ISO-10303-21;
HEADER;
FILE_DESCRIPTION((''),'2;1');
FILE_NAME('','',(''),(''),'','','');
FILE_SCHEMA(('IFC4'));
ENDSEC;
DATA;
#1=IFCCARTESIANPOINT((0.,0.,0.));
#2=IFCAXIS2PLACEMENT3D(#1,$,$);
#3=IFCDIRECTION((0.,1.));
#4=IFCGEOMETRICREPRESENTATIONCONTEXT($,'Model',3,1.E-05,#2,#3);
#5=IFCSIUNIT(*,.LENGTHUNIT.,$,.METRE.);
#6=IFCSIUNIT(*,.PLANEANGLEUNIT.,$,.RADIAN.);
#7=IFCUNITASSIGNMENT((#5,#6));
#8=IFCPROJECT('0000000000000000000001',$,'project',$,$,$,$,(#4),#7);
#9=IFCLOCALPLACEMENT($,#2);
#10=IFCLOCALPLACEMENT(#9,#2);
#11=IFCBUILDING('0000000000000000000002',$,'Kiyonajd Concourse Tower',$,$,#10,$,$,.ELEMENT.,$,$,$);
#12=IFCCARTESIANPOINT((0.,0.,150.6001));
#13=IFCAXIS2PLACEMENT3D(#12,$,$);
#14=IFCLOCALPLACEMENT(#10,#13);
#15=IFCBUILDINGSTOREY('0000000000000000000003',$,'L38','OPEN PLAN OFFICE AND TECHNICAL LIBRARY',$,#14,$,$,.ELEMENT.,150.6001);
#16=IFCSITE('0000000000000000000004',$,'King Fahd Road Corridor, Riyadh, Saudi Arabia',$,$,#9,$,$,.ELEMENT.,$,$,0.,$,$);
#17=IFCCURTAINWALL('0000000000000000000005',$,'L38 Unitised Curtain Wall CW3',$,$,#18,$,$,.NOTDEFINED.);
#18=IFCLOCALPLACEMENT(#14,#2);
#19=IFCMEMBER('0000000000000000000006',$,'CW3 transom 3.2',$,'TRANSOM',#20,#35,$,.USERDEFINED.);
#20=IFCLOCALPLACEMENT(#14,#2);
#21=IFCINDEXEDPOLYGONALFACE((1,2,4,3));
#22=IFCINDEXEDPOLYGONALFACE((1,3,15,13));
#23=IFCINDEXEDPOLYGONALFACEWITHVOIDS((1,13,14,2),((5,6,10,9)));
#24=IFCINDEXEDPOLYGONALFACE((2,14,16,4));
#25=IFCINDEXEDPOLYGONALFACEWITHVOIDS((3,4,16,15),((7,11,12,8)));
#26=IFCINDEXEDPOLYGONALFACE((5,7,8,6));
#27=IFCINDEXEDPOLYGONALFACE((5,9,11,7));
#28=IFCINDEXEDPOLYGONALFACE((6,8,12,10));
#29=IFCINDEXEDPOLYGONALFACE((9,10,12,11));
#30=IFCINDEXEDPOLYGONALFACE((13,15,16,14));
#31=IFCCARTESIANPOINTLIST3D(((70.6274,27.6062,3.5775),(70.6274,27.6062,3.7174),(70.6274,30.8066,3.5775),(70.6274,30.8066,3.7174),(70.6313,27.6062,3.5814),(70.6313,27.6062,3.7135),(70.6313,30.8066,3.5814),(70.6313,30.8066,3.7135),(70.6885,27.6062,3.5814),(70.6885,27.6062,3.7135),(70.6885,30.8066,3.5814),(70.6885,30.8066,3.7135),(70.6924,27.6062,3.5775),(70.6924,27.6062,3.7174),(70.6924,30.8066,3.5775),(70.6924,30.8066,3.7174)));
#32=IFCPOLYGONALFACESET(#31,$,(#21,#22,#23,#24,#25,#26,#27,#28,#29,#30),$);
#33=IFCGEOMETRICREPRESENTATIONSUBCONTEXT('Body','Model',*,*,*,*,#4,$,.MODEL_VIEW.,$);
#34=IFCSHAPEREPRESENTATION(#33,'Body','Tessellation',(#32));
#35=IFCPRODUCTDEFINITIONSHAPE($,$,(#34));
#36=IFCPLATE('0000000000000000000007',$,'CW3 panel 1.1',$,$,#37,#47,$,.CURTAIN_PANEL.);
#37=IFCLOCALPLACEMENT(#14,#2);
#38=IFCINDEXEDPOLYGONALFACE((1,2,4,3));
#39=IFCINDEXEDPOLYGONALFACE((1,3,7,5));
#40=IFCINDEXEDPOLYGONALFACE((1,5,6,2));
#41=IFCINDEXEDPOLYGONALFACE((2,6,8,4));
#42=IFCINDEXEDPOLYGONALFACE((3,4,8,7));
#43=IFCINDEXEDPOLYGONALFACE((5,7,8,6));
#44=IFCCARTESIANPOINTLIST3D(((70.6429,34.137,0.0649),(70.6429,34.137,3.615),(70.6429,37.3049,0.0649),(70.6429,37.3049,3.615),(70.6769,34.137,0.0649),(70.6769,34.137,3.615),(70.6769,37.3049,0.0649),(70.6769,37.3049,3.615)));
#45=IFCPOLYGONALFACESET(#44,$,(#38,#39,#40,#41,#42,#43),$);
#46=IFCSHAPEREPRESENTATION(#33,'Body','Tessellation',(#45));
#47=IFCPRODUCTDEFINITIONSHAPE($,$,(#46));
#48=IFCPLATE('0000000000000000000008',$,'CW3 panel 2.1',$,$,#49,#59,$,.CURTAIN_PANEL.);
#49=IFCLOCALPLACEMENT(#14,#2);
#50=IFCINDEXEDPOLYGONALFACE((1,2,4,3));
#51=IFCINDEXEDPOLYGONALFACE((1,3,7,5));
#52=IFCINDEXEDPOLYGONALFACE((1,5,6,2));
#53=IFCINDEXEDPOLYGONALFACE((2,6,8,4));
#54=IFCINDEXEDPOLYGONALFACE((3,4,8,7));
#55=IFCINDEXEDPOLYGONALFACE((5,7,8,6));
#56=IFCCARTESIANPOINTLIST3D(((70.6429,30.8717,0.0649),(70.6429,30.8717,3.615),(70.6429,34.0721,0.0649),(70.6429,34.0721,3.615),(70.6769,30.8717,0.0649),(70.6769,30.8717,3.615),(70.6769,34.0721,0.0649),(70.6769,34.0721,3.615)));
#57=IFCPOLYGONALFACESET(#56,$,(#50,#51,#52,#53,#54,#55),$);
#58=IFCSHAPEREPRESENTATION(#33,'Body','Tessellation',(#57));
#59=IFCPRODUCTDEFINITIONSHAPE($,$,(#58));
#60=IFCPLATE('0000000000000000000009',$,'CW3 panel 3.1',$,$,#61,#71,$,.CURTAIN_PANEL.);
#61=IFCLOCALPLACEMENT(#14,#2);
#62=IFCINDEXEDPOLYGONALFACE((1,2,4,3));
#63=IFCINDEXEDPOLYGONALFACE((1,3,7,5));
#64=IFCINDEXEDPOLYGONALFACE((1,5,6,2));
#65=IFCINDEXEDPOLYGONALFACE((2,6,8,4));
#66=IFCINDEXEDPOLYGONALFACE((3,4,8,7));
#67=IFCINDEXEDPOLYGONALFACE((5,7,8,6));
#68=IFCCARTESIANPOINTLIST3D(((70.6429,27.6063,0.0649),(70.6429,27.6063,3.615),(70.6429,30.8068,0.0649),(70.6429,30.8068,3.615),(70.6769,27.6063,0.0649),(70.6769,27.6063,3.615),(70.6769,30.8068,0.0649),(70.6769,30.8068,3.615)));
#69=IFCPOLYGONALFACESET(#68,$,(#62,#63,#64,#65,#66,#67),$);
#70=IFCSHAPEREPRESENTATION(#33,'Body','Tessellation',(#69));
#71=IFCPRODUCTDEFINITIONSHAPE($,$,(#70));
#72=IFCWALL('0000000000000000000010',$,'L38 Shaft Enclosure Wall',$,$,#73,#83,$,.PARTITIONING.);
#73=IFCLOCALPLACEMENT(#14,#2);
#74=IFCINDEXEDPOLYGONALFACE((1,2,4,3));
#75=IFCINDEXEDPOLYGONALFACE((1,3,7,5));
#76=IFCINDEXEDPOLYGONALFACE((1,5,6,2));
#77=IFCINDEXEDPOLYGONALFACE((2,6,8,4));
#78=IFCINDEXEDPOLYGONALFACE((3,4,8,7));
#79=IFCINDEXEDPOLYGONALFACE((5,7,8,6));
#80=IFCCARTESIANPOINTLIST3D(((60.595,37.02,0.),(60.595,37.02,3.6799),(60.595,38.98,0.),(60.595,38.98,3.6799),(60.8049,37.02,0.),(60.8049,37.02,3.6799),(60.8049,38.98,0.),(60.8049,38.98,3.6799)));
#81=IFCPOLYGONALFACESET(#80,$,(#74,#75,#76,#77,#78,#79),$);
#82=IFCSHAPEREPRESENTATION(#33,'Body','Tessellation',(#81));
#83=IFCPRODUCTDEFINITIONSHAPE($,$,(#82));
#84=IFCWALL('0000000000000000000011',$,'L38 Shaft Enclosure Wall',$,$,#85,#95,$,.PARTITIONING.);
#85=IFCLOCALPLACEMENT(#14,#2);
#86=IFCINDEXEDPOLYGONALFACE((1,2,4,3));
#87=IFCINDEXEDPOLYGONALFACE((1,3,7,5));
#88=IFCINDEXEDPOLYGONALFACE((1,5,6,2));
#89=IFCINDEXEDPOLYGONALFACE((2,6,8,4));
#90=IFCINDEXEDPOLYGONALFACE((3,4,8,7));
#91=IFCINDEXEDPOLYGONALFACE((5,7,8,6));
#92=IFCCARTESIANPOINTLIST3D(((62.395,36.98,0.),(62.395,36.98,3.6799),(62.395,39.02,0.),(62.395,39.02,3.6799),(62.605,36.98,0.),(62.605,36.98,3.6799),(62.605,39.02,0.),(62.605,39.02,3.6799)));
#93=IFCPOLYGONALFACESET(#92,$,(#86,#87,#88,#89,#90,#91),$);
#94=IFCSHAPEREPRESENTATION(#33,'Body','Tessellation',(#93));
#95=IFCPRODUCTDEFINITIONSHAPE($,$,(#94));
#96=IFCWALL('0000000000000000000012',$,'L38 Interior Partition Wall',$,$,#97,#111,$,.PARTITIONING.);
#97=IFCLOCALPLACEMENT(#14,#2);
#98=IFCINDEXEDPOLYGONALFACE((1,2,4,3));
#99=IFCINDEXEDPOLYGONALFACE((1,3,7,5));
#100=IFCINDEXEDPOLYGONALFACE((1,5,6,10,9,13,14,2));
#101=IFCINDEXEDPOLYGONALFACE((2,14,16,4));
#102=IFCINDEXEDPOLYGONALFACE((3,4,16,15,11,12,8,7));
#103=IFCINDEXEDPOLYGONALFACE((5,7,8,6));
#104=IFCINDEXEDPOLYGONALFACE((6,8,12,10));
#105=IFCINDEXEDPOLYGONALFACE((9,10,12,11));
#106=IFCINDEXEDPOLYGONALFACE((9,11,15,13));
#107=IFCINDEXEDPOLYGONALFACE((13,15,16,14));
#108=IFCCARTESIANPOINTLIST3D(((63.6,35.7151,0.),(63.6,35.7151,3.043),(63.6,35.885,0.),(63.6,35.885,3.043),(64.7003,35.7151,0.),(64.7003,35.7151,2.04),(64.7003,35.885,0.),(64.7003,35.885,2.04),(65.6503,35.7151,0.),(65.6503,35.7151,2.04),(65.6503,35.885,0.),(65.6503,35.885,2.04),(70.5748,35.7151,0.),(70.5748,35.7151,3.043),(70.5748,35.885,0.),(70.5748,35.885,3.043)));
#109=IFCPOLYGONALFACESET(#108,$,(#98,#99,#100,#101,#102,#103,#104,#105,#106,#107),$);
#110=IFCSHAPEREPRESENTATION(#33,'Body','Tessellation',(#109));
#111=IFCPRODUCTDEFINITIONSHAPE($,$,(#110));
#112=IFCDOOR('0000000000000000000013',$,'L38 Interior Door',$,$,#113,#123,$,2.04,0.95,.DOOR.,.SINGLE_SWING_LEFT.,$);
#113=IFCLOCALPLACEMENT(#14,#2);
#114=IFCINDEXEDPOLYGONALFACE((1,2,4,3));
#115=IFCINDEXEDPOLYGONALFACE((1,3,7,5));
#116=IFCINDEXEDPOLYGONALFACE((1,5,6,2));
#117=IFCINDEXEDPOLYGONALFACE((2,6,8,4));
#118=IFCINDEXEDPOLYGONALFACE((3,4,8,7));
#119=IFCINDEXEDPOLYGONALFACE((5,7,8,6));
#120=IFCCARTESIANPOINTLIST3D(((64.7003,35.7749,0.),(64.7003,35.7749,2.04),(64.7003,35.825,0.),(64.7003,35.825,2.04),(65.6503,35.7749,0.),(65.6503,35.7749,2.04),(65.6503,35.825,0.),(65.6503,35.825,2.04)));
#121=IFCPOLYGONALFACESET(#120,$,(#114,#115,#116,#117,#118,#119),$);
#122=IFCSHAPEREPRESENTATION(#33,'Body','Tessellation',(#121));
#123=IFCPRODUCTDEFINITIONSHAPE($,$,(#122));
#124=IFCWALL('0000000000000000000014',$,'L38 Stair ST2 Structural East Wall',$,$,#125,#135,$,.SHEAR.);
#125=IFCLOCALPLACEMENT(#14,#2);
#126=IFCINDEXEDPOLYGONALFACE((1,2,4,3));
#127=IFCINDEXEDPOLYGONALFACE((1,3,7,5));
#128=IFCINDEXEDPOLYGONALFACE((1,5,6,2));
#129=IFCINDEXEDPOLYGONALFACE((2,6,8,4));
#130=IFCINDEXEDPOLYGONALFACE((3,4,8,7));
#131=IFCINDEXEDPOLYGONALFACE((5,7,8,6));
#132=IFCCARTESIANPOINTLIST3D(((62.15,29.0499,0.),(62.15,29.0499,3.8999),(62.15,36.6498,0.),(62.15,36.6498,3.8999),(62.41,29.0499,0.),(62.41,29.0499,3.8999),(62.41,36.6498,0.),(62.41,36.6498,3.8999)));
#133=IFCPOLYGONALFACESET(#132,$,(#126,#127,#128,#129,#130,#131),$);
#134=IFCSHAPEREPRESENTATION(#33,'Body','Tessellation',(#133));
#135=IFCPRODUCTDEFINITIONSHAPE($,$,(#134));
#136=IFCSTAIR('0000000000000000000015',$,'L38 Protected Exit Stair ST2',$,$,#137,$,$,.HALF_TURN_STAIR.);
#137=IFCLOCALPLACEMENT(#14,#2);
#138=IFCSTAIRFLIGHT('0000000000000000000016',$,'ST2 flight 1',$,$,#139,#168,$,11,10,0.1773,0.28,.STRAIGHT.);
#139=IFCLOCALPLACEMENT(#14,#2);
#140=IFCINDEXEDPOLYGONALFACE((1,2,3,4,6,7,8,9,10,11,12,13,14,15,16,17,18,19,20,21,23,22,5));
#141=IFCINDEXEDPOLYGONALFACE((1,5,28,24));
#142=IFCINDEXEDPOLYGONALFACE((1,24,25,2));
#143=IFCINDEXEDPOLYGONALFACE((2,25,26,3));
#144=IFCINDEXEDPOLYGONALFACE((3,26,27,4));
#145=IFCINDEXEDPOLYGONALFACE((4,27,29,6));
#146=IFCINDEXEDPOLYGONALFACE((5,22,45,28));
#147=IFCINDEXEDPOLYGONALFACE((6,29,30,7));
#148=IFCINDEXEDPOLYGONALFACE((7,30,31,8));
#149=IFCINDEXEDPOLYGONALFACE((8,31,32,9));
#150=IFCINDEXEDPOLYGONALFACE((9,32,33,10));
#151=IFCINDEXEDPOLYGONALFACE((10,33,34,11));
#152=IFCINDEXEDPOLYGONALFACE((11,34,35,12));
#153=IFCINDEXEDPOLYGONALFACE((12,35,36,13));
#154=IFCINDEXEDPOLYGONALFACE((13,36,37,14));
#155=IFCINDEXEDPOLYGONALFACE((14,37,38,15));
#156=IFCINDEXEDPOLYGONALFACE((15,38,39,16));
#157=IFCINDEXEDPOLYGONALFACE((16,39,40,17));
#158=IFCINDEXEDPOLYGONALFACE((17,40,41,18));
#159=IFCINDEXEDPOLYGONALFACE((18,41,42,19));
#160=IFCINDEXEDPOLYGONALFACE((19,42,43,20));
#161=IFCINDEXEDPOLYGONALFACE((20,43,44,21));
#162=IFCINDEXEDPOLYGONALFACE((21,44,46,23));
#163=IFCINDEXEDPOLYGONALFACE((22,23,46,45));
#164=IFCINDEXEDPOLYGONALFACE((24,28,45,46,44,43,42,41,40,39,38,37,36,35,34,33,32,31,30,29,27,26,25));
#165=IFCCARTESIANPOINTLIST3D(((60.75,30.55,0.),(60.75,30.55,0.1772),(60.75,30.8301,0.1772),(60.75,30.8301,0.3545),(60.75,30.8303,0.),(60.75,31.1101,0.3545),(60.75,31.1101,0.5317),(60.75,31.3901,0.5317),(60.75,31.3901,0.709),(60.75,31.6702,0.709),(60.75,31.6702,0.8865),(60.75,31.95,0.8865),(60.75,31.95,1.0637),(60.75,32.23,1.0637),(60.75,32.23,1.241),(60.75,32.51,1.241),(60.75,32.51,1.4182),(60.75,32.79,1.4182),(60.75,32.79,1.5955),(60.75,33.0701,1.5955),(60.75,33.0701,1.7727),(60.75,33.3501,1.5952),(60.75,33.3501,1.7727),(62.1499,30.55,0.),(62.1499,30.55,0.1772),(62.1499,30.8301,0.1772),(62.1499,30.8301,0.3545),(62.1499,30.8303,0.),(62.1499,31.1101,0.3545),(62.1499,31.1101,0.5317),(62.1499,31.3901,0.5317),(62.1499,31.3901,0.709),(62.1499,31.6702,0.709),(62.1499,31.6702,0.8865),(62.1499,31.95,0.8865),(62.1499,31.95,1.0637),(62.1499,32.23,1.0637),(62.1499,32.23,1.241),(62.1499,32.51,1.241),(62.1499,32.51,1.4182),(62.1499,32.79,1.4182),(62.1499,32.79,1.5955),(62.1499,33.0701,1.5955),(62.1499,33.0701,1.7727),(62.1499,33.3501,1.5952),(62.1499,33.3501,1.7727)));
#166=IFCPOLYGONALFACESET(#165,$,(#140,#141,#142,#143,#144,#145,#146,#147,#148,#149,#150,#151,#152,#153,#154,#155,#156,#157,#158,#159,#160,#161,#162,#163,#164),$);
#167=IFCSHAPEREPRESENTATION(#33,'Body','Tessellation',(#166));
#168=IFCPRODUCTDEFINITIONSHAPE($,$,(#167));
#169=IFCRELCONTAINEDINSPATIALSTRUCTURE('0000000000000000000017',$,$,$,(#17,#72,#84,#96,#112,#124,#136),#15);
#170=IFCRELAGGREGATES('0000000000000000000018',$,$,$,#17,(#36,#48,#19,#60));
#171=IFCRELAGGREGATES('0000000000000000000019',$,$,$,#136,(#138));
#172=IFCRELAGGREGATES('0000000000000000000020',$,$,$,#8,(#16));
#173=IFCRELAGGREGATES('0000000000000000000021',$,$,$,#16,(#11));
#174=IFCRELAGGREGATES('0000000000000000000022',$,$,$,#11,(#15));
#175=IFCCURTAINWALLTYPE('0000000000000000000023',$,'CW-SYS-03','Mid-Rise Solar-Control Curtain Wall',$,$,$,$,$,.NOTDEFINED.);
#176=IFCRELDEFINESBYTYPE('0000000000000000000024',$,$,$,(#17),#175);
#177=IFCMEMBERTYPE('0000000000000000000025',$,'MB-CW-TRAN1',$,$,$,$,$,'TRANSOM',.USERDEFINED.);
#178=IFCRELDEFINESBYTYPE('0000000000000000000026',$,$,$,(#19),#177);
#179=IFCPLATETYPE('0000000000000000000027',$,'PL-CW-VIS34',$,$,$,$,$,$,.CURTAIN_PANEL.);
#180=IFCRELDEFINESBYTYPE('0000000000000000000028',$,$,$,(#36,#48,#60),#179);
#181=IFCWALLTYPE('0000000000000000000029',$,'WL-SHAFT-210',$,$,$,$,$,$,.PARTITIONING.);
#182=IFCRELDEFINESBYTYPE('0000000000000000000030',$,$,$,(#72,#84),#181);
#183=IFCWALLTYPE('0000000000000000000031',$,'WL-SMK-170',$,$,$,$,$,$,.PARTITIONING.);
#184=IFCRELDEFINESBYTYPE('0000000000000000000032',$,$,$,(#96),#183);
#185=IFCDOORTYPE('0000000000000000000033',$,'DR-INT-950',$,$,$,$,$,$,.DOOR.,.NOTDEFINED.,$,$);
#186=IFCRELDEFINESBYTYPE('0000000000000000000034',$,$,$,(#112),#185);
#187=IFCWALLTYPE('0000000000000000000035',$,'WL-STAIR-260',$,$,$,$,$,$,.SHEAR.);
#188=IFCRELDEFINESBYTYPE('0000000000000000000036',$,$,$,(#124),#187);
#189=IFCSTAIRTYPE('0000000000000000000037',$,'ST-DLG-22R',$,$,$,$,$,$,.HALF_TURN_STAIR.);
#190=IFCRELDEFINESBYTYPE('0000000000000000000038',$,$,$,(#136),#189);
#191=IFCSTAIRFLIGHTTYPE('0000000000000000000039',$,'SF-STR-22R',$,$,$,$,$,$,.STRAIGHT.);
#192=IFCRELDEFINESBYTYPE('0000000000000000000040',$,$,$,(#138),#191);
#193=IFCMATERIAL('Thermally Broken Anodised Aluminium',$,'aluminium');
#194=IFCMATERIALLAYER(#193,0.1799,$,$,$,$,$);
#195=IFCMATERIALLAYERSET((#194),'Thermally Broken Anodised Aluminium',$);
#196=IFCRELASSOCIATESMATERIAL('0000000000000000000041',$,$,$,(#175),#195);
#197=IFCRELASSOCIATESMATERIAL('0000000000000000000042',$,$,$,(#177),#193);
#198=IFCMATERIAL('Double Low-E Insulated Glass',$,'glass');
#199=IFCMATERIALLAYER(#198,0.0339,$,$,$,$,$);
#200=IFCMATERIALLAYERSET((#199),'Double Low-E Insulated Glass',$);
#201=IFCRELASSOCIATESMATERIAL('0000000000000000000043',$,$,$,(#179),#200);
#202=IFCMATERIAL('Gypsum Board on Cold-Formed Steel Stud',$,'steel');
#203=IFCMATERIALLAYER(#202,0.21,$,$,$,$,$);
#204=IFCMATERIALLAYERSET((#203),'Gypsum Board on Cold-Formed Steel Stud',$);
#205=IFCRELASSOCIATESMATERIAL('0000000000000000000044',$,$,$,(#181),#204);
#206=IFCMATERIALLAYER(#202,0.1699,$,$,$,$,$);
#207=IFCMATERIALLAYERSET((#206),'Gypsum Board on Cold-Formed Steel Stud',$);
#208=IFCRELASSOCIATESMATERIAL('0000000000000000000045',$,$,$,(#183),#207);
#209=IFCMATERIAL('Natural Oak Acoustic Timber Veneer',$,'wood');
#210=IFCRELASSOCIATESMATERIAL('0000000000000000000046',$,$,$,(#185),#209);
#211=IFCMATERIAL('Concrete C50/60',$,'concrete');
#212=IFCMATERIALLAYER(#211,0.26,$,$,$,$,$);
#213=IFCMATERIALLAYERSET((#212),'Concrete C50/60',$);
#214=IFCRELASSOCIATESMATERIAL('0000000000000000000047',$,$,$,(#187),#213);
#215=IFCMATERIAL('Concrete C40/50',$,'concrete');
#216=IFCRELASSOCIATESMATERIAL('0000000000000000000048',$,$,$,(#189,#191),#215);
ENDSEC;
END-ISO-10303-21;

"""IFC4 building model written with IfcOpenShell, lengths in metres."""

from ifc_helpers import new_model, si_unit, direction, frame, frame_2d, origin, origin_2d, place, context, subcontext, project, spatial, polyline, rectangle, hollow_rectangle, outline, extrude, material, layer, layer_set, material_profile, profile_set, type_object, element, fill, aggregate, save


model = new_model("IFC4")

# Units and contexts
model_context = context("Model", 3, precision=1e-05, world=origin(), true_north=direction((0.0, 1.0)))
body_context = subcontext(model_context, "Body", "Model", "MODEL_VIEW")
ifc_project = project(units=[si_unit("LENGTHUNIT", "METRE"), si_unit("PLANEANGLEUNIT", "RADIAN")], contexts=[model_context])

# Site, building, storey
site_placement = place(None, origin())
site = spatial("IfcSite", under=ifc_project, at=site_placement, Name="King Fahd Road Corridor, Riyadh, Saudi Arabia", CompositionType="ELEMENT", RefElevation=0.0)
building_placement = place(site_placement, origin())
building = spatial("IfcBuilding", under=site, at=building_placement, Name="Kiyonajd Concourse Tower", CompositionType="ELEMENT")
storey_placement = place(building_placement, frame((0.0, 0.0, 150.6001)))
storey = spatial("IfcBuildingStorey", under=building, at=storey_placement, Name="L38", Description="OPEN PLAN OFFICE AND TECHNICAL LIBRARY", CompositionType="ELEMENT", Elevation=150.6001)

# Curtain wall, member, plates
ifc_material_1 = material(Name="Thermally Broken Anodised Aluminium", Category="aluminium")
ifc_layer_1 = layer(ifc_material_1, 0.1799)
ifc_layer_set_1 = layer_set([ifc_layer_1], Name="Thermally Broken Anodised Aluminium")
curtain_wall_type = type_object("IfcCurtainWallType", Name="CW-SYS-03", Description="Mid-Rise Solar-Control Curtain Wall", PredefinedType="NOTDEFINED", material=ifc_layer_set_1)
curtain_wall_placement = place(storey_placement, origin())
curtain_wall = element("IfcCurtainWall", 1, at=curtain_wall_placement, inside=storey, type_object=curtain_wall_type, Name="L38 Unitised Curtain Wall CW3", PredefinedType="NOTDEFINED")
ifc_material_profile_1 = material_profile(ifc_material_1, hollow_rectangle(XDim=0.0649, YDim=0.1399, WallThickness=0.0039, at=origin_2d()), Name="TRAN-65x140")
ifc_profile_set_1 = profile_set([ifc_material_profile_1], Name="Thermally Broken Anodised Aluminium")
member_type_1 = type_object("IfcMemberType", Name="MB-CW-TRAN1", ElementType="TRANSOM", PredefinedType="USERDEFINED", material=ifc_profile_set_1)
member_1_placement = place(storey_placement, frame((70.6599, 30.8066, 3.6475), z_axis=(0.0, -1.0, 0.0), x_axis=(1.0, 0.0, 0.0)))
member_1 = element("IfcMember", 2, at=member_1_placement, type_object=member_type_1, Name="CW3 transom 3.2", ObjectType="TRANSOM", PredefinedType="USERDEFINED", context=body_context, shape_type="SweptSolid", body=[
    extrude(hollow_rectangle(XDim=0.0649, YDim=0.1399, WallThickness=0.0039, at=origin_2d()), origin(), (0.0, 0.0, 1.0), 3.2004),
])
ifc_material_2 = material(Name="Double Low-E Insulated Glass", Category="glass")
ifc_layer_2 = layer(ifc_material_2, 0.0339)
ifc_layer_set_2 = layer_set([ifc_layer_2], Name="Double Low-E Insulated Glass")
plate_type = type_object("IfcPlateType", Name="PL-CW-VIS34", PredefinedType="CURTAIN_PANEL", material=ifc_layer_set_2)
plate_1_placement = place(storey_placement, frame((70.6599, 35.7209, 0.0649), z_axis=(0.0, 0.0, 1.0), x_axis=(0.0, -1.0, 0.0)))
plate_1 = element("IfcPlate", 3, at=plate_1_placement, type_object=plate_type, Name="CW3 panel 1.1", PredefinedType="CURTAIN_PANEL", context=body_context, shape_type="SweptSolid", body=[
    extrude(rectangle(XDim=3.168, YDim=0.0339, at=origin_2d()), origin(), (0.0, 0.0, 1.0), 3.55),
])
plate_2_placement = place(storey_placement, frame((70.6599, 32.4719, 0.0649), z_axis=(0.0, 0.0, 1.0), x_axis=(0.0, -1.0, 0.0)))
plate_2 = element("IfcPlate", 4, at=plate_2_placement, type_object=plate_type, Name="CW3 panel 2.1", PredefinedType="CURTAIN_PANEL", context=body_context, shape_type="SweptSolid", body=[
    extrude(rectangle(XDim=3.2004, YDim=0.0339, at=origin_2d()), origin(), (0.0, 0.0, 1.0), 3.55),
])
plate_3_placement = place(storey_placement, frame((70.6599, 29.2065, 0.0649), z_axis=(0.0, 0.0, 1.0), x_axis=(0.0, -1.0, 0.0)))
plate_3 = element("IfcPlate", 5, at=plate_3_placement, type_object=plate_type, Name="CW3 panel 3.1", PredefinedType="CURTAIN_PANEL", context=body_context, shape_type="SweptSolid", body=[
    extrude(rectangle(XDim=3.2004, YDim=0.0339, at=origin_2d()), origin(), (0.0, 0.0, 1.0), 3.55),
])
aggregate(curtain_wall, [plate_1, plate_2, member_1, plate_3])

# Walls
ifc_material_3 = material(Name="Gypsum Board on Cold-Formed Steel Stud", Category="steel")
ifc_layer_3 = layer(ifc_material_3, 0.21)
ifc_layer_set_3 = layer_set([ifc_layer_3], Name="Gypsum Board on Cold-Formed Steel Stud")
wall_type_1 = type_object("IfcWallType", Name="WL-SHAFT-210", PredefinedType="PARTITIONING", material=ifc_layer_set_3)
wall_1_placement = place(storey_placement, frame((60.7, 37.02, 0.0), z_axis=(0.0, 0.0, 1.0), x_axis=(0.0, 1.0, 0.0)))
element("IfcWall", 6, at=wall_1_placement, inside=storey, type_object=wall_type_1, Name="L38 Shaft Enclosure Wall", PredefinedType="PARTITIONING", context=body_context, shape_type="SweptSolid", body=[
    extrude(rectangle(XDim=1.96, YDim=0.21, at=frame_2d((0.98, 0.0))), origin(), (0.0, 0.0, 1.0), 3.6799),
])
wall_2_placement = place(storey_placement, frame((62.5, 36.98, 0.0), z_axis=(0.0, 0.0, 1.0), x_axis=(0.0, 1.0, 0.0)))
element("IfcWall", 7, at=wall_2_placement, inside=storey, type_object=wall_type_1, Name="L38 Shaft Enclosure Wall", PredefinedType="PARTITIONING", context=body_context, shape_type="SweptSolid", body=[
    extrude(rectangle(XDim=2.04, YDim=0.21, at=frame_2d((1.02, 0.0))), origin(), (0.0, 0.0, 1.0), 3.6799),
])

# Wall, opening, door
ifc_layer_4 = layer(ifc_material_3, 0.1699)
ifc_layer_set_4 = layer_set([ifc_layer_4], Name="Gypsum Board on Cold-Formed Steel Stud")
wall_type_2 = type_object("IfcWallType", Name="WL-SMK-170", PredefinedType="PARTITIONING", material=ifc_layer_set_4)
wall_3_placement = place(storey_placement, frame((63.6001, 35.8, 0.0), z_axis=(0.0, 0.0, 1.0), x_axis=(1.0, 0.0, 0.0)))
wall_3 = element("IfcWall", 8, at=wall_3_placement, inside=storey, type_object=wall_type_2, Name="L38 Interior Partition Wall", PredefinedType="PARTITIONING", context=body_context, shape_type="SweptSolid", body=[
    extrude(rectangle(XDim=6.9749, YDim=0.1699, at=frame_2d((3.4873, 0.0))), origin(), (0.0, 0.0, 1.0), 3.043),
])
opening_placement = place(wall_3_placement, frame((1.1001, 0.0, 0.0)))
opening = element("IfcOpeningElement", 9, at=opening_placement, cuts=wall_3, PredefinedType="OPENING", context=body_context, shape_type="SweptSolid", body=[
    extrude(rectangle(XDim=0.95, YDim=2.04, at=frame_2d((0.4751, 1.02))), frame((0.0, 0.095, 0.0), z_axis=(0.0, -1.0, 0.0), x_axis=(1.0, 0.0, 0.0)), (0.0, 0.0, 1.0), 0.1899),
])
ifc_material_4 = material(Name="Natural Oak Acoustic Timber Veneer", Category="wood")
door_type = type_object("IfcDoorType", Name="DR-INT-950", OperationType="NOTDEFINED", PredefinedType="DOOR", material=ifc_material_4)
door_placement = place(opening_placement, origin())
door = element("IfcDoor", 10, at=door_placement, inside=storey, type_object=door_type, Name="L38 Interior Door", OperationType="SINGLE_SWING_LEFT", OverallHeight=2.04, OverallWidth=0.95, PredefinedType="DOOR", context=body_context, shape_type="SweptSolid", body=[
    extrude(rectangle(XDim=0.95, YDim=2.04, at=frame_2d((0.4751, 1.02))), frame((0.0, 0.0249, 0.0), z_axis=(0.0, -1.0, 0.0), x_axis=(1.0, 0.0, 0.0)), (0.0, 0.0, 1.0), 0.05),
])
fill(opening, door)

# Wall
ifc_material_5 = material(Name="Concrete C50/60", Category="concrete")
ifc_layer_5 = layer(ifc_material_5, 0.26)
ifc_layer_set_5 = layer_set([ifc_layer_5], Name="Concrete C50/60")
wall_type_3 = type_object("IfcWallType", Name="WL-STAIR-260", PredefinedType="SHEAR", material=ifc_layer_set_5)
wall_4_placement = place(storey_placement, frame((62.28, 29.05, 0.0), z_axis=(0.0, 0.0, 1.0), x_axis=(0.0, 1.0, 0.0)))
element("IfcWall", 11, at=wall_4_placement, inside=storey, type_object=wall_type_3, Name="L38 Stair ST2 Structural East Wall", PredefinedType="SHEAR", context=body_context, shape_type="SweptSolid", body=[
    extrude(rectangle(XDim=7.5999, YDim=0.26, at=frame_2d((3.7998, 0.0))), origin(), (0.0, 0.0, 1.0), 3.8999),
])

# Stair, stair flight
ifc_material_6 = material(Name="Concrete C40/50", Category="concrete")
stair_type = type_object("IfcStairType", Name="ST-DLG-22R", PredefinedType="HALF_TURN_STAIR", material=ifc_material_6)
stair_placement = place(storey_placement, origin())
stair = element("IfcStair", 12, at=stair_placement, inside=storey, type_object=stair_type, Name="L38 Protected Exit Stair ST2", PredefinedType="HALF_TURN_STAIR")
stair_flight_type = type_object("IfcStairFlightType", Name="SF-STR-22R", PredefinedType="STRAIGHT", material=ifc_material_6)
stair_flight_1_placement = place(storey_placement, frame((61.45, 30.55, 0.0), z_axis=(0.0, 0.0, 1.0), x_axis=(0.0, 1.0, 0.0)))
stair_flight_1 = element("IfcStairFlight", 13, at=stair_flight_1_placement, type_object=stair_flight_type, Name="ST2 flight 1", NumberOfRisers=11, NumberOfTreads=10, PredefinedType="STRAIGHT", RiserHeight=0.1773, TreadLength=0.28, context=body_context, shape_type="SweptSolid", body=[
    extrude(outline(polyline([(0.0, 0.0), (0.0, 0.1772), (0.28, 0.1772), (0.28, 0.3545), (0.5601, 0.3545), (0.5601, 0.5317), (0.8401, 0.5317), (0.8401, 0.709), (1.1201, 0.709), (1.1201, 0.8865), (1.3999, 0.8865), (1.3999, 1.0637), (1.6799, 1.0637), (1.6799, 1.241), (1.96, 1.241), (1.96, 1.4182), (2.24, 1.4182), (2.24, 1.5955), (2.52, 1.5955), (2.52, 1.7727), (2.8, 1.7727), (2.8, 1.95), (2.8, 1.5952), (0.2803, 0.0), (0.0, 0.0)])), frame((0.0, 0.7, 0.0), z_axis=(0.0, -1.0, 0.0), x_axis=(1.0, 0.0, 0.0)), (0.0, 0.0, 1.0), 1.3999),
])
aggregate(stair, [stair_flight_1])

save(model, "model.ifc")
